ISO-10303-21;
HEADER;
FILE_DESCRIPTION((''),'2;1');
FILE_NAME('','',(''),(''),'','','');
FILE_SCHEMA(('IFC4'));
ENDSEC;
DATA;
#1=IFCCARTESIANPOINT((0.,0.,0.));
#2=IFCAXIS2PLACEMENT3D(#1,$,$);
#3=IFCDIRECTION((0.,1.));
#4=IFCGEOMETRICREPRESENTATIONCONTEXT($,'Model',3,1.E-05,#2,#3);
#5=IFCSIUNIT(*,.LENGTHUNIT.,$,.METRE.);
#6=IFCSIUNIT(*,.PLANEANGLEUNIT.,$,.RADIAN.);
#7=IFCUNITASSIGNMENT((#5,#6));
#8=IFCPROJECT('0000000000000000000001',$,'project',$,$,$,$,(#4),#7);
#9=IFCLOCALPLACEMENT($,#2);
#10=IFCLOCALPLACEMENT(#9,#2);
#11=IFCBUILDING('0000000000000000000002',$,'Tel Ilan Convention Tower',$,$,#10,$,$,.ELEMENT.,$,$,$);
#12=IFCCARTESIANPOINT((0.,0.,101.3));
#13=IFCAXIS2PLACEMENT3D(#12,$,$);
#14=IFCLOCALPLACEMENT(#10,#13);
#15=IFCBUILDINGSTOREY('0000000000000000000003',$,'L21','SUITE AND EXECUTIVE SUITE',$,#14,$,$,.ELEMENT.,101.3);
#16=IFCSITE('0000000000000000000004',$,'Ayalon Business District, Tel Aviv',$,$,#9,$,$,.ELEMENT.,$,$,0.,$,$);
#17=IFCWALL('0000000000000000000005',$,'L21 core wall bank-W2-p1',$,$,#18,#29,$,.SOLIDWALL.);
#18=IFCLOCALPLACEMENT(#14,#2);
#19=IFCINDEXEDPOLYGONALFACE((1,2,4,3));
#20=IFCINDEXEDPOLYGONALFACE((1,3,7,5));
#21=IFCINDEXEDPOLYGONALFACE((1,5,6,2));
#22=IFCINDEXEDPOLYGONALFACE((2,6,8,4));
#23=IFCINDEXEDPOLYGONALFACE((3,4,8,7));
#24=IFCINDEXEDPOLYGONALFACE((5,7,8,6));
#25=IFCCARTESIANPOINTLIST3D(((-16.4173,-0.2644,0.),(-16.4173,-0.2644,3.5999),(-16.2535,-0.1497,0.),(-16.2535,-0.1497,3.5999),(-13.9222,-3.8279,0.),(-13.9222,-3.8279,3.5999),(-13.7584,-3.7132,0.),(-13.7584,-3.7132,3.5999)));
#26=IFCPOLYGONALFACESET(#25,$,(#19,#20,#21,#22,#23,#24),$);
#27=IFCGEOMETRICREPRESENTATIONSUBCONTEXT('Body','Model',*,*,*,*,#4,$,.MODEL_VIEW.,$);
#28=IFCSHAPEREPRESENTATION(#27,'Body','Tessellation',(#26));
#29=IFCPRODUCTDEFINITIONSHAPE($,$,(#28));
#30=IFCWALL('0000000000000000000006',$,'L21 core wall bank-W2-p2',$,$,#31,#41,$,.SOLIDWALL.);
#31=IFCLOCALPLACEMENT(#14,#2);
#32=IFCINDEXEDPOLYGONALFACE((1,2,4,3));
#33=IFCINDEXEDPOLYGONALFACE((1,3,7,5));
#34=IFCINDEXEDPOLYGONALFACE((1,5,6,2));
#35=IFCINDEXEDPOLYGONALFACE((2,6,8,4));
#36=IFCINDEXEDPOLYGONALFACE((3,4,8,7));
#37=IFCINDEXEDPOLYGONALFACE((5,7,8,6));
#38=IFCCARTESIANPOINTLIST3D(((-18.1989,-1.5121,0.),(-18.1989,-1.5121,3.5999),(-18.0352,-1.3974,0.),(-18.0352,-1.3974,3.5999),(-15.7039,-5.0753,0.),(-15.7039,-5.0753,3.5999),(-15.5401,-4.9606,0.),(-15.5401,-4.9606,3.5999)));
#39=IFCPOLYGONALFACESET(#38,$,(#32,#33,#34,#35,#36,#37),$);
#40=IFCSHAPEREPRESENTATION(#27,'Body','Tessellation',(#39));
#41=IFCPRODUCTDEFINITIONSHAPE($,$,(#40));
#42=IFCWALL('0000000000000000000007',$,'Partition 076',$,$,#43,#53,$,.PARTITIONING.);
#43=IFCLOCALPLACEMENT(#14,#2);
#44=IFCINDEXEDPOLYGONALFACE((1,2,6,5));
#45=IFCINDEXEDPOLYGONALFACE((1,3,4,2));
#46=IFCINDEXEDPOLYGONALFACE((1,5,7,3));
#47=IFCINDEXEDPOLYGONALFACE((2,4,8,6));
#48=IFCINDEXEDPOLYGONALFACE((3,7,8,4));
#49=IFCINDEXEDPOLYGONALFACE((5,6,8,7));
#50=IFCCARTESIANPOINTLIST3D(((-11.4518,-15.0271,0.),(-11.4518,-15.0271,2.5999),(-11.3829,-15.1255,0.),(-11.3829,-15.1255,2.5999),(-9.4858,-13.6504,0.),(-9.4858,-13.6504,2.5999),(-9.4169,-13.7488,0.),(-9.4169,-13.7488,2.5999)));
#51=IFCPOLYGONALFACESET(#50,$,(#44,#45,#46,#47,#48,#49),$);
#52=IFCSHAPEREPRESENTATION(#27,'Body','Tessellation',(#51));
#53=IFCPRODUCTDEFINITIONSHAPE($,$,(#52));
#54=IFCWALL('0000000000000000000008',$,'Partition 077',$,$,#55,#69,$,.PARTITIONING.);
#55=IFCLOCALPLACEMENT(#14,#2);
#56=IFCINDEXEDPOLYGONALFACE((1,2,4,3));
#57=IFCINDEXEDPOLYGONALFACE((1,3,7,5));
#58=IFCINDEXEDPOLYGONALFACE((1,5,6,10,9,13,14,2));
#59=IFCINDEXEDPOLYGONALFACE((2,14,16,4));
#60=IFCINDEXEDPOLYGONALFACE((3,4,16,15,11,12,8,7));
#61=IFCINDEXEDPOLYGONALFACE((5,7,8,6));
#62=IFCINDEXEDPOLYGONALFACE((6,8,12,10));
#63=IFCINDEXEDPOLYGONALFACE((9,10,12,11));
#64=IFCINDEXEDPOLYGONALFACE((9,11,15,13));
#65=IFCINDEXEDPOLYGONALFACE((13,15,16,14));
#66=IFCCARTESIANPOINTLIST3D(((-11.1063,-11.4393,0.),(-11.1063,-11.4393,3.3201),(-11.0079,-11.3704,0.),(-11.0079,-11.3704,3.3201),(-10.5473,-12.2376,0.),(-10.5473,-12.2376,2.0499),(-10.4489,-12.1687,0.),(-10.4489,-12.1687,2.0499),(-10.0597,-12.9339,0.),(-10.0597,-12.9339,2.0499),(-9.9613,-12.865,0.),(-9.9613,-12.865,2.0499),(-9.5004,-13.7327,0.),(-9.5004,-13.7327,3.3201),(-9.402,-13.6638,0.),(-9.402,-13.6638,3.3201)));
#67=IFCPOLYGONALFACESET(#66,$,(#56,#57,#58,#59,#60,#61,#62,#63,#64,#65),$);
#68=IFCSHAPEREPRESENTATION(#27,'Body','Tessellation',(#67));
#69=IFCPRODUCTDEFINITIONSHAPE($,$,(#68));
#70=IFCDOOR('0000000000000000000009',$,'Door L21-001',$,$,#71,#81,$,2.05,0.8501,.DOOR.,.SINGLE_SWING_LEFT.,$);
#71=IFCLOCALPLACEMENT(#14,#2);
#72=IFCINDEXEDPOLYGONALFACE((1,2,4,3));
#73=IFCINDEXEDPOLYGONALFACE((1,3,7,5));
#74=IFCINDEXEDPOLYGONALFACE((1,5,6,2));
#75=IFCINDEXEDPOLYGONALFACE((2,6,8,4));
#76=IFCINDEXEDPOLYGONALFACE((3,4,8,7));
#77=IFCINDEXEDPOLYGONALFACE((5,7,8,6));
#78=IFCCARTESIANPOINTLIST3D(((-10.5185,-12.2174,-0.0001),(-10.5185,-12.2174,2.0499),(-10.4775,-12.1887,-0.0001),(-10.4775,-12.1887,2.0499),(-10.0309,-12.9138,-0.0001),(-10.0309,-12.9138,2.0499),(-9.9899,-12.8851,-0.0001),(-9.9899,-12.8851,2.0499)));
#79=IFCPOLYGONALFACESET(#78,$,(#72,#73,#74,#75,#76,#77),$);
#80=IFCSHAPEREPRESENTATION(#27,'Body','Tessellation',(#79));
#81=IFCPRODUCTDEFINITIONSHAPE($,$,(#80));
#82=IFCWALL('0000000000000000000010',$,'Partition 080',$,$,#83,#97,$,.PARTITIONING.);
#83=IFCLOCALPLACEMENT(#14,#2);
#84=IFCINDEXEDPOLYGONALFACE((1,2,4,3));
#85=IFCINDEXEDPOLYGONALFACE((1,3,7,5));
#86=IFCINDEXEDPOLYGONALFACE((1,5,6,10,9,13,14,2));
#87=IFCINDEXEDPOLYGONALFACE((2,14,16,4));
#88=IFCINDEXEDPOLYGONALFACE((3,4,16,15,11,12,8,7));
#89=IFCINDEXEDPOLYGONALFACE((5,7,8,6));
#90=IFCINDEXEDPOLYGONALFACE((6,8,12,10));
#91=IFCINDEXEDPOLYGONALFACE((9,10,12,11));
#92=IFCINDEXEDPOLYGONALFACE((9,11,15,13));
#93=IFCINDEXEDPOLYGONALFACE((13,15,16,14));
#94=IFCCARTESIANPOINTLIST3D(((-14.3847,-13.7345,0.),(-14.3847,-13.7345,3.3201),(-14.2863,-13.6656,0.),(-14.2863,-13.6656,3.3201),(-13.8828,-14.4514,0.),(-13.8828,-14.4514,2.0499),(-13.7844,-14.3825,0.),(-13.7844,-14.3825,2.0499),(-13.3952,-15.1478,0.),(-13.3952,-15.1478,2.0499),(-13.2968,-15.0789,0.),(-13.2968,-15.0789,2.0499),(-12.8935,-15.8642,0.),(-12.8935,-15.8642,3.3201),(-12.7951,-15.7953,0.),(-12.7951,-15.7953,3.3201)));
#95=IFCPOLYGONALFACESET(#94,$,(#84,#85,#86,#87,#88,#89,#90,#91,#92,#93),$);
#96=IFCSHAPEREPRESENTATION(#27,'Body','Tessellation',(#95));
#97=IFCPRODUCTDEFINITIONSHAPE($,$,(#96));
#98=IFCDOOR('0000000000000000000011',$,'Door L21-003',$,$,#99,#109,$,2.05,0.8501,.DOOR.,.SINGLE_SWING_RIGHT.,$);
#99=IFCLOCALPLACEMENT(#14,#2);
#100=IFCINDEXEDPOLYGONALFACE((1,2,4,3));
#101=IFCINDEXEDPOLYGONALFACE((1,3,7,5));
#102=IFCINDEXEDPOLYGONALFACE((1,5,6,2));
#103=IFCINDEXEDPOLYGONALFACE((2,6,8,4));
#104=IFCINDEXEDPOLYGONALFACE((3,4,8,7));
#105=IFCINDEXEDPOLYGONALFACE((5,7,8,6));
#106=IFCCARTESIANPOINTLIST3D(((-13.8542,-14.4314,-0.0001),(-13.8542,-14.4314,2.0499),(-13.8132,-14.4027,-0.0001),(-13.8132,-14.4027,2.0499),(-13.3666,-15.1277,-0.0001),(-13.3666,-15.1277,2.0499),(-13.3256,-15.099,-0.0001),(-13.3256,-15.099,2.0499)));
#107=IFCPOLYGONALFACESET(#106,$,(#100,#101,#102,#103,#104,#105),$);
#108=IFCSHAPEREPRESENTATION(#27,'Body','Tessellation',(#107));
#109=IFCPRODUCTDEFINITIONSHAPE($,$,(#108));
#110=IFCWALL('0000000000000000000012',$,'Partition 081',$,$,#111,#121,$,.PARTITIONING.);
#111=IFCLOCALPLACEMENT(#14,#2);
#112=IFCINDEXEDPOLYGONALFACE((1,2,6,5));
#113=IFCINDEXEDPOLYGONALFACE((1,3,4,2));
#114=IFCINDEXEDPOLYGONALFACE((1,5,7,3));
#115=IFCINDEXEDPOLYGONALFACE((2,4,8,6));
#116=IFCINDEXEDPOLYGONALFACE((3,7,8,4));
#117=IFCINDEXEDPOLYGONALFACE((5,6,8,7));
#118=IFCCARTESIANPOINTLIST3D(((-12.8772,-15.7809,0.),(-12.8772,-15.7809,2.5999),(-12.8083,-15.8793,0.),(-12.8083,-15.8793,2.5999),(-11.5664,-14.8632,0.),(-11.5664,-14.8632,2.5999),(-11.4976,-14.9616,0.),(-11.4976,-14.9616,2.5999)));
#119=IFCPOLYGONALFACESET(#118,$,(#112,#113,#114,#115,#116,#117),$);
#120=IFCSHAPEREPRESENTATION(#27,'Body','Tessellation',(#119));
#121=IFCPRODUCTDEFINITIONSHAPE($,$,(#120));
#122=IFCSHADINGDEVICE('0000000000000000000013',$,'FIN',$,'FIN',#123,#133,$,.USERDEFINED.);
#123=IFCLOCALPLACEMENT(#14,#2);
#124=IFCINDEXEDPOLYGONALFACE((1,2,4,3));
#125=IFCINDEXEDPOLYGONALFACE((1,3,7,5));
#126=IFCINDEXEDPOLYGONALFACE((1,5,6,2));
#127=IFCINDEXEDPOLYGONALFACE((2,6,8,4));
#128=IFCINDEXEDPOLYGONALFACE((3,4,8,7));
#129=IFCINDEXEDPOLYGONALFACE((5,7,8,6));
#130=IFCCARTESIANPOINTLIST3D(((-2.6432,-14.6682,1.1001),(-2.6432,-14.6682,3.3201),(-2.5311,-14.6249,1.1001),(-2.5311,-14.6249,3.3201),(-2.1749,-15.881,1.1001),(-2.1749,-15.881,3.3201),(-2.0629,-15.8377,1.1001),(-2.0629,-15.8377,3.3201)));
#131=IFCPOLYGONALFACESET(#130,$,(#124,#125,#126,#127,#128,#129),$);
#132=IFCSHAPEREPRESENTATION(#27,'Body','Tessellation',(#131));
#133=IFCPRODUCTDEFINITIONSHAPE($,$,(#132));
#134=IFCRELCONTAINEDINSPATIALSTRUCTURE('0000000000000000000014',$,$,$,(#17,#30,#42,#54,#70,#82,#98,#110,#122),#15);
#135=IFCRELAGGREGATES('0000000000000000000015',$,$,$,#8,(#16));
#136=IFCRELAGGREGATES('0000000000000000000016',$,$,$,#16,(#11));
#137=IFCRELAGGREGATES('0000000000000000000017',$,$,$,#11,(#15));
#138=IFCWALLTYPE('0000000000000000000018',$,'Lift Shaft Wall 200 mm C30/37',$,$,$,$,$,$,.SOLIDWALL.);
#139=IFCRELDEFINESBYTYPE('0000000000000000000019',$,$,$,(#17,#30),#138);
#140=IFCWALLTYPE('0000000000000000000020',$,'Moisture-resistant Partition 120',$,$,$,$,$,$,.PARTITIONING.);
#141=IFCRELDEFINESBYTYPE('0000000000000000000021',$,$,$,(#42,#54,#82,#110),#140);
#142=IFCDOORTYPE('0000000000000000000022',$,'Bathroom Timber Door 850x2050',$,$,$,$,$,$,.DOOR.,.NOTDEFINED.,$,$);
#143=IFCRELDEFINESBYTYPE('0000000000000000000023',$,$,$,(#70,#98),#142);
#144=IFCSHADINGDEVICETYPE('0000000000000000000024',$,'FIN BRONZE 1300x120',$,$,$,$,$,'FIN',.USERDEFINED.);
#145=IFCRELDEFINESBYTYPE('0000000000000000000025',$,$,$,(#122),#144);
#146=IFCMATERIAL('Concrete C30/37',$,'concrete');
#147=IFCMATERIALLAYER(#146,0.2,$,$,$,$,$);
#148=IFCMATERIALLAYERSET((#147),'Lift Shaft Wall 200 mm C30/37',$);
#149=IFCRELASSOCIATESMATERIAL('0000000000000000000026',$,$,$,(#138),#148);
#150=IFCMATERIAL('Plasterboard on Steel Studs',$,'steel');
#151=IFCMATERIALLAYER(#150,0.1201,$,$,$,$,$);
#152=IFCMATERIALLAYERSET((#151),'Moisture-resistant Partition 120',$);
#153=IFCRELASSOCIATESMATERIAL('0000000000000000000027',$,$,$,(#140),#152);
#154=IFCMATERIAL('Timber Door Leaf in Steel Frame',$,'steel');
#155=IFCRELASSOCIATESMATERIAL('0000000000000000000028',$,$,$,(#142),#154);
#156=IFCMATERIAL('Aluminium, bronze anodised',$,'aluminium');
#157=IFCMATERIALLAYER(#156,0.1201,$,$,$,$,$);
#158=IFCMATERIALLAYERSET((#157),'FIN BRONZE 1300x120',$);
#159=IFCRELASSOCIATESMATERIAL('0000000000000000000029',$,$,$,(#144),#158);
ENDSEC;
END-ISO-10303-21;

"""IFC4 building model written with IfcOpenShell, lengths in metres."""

from ifc_helpers import new_model, si_unit, direction, frame, frame_2d, origin, origin_2d, place, context, subcontext, project, spatial, rectangle, extrude, material, layer, layer_set, type_object, element, fill, save


model = new_model("IFC4")

# Units and contexts
model_context = context("Model", 3, precision=1e-05, world=origin(), true_north=direction((0.0, 1.0)))
body_context = subcontext(model_context, "Body", "Model", "MODEL_VIEW")
ifc_project = project(units=[si_unit("LENGTHUNIT", "METRE"), si_unit("PLANEANGLEUNIT", "RADIAN")], contexts=[model_context])

# Site, building, storey
site_placement = place(None, origin())
site = spatial("IfcSite", under=ifc_project, at=site_placement, Name="Ayalon Business District, Tel Aviv", CompositionType="ELEMENT", RefElevation=0.0)
building_placement = place(site_placement, origin())
building = spatial("IfcBuilding", under=site, at=building_placement, Name="Tel Ilan Convention Tower", CompositionType="ELEMENT")
storey_placement = place(building_placement, frame((0.0, 0.0, 101.3)))
storey = spatial("IfcBuildingStorey", under=building, at=storey_placement, Name="L21", Description="SUITE AND EXECUTIVE SUITE", CompositionType="ELEMENT", Elevation=101.3)

# Walls
ifc_material_1 = material(Name="Concrete C30/37", Category="concrete")
ifc_layer_1 = layer(ifc_material_1, 0.2)
ifc_layer_set_1 = layer_set([ifc_layer_1], Name="Lift Shaft Wall 200 mm C30/37")
wall_type_1 = type_object("IfcWallType", Name="Lift Shaft Wall 200 mm C30/37", PredefinedType="SOLIDWALL", material=ifc_layer_set_1)
wall_1_placement = place(storey_placement, frame((-13.8403, -3.7705, 0.0), z_axis=(0.0, 0.0, 1.0), x_axis=(-0.573568, 0.819158, 0.0)))
element("IfcWall", 1, at=wall_1_placement, inside=storey, type_object=wall_type_1, Name="L21 core wall bank-W2-p1", PredefinedType="SOLIDWALL", context=body_context, shape_type="SweptSolid", body=[
    extrude(rectangle(XDim=4.3501, YDim=0.2, at=frame_2d((2.175, 0.0))), origin(), (0.0, 0.0, 1.0), 3.5999),
])
wall_2_placement = place(storey_placement, frame((-15.6221, -5.0178, 0.0), z_axis=(0.0, 0.0, 1.0), x_axis=(-0.573594, 0.81914, 0.0)))
element("IfcWall", 2, at=wall_2_placement, inside=storey, type_object=wall_type_1, Name="L21 core wall bank-W2-p2", PredefinedType="SOLIDWALL", context=body_context, shape_type="SweptSolid", body=[
    extrude(rectangle(XDim=4.3499, YDim=0.2, at=frame_2d((2.1748, 0.0))), origin(), (0.0, 0.0, 1.0), 3.5999),
])
ifc_material_2 = material(Name="Plasterboard on Steel Studs", Category="steel")
ifc_layer_2 = layer(ifc_material_2, 0.1201)
ifc_layer_set_2 = layer_set([ifc_layer_2], Name="Moisture-resistant Partition 120")
wall_type_2 = type_object("IfcWallType", Name="Moisture-resistant Partition 120", PredefinedType="PARTITIONING", material=ifc_layer_set_2)
wall_3_placement = place(storey_placement, frame((-11.4175, -15.0764, 0.0), z_axis=(0.0, 0.0, 1.0), x_axis=(0.819141, 0.573592, 0.0)))
element("IfcWall", 3, at=wall_3_placement, inside=storey, type_object=wall_type_2, Name="Partition 076", PredefinedType="PARTITIONING", context=body_context, shape_type="SweptSolid", body=[
    extrude(rectangle(XDim=2.4001, YDim=0.1201, at=frame_2d((1.2002, 0.0))), origin(), (0.0, 0.0, 1.0), 2.5999),
])

# Walls, openings, doors
wall_4_placement = place(storey_placement, frame((-9.4512, -13.6982, 0.0), z_axis=(0.0, 0.0, 1.0), x_axis=(-0.573591, 0.819142, 0.0)))
wall_4 = element("IfcWall", 4, at=wall_4_placement, inside=storey, type_object=wall_type_2, Name="Partition 077", PredefinedType="PARTITIONING", context=body_context, shape_type="SweptSolid", body=[
    extrude(rectangle(XDim=2.7998, YDim=0.1201, at=frame_2d((1.3999, 0.0))), origin(), (0.0, 0.0, 1.0), 3.3201),
])
opening_1_placement = place(wall_4_placement, frame((0.9751, 0.0, 0.0)))
opening_1 = element("IfcOpeningElement", 5, at=opening_1_placement, cuts=wall_4, PredefinedType="OPENING", context=body_context, shape_type="SweptSolid", body=[
    extrude(rectangle(XDim=0.8501, YDim=2.05, at=frame_2d((0.425, 1.0249))), frame((0.0, 0.0701, 0.0), z_axis=(0.0, -1.0, 0.0), x_axis=(1.0, 0.0, 0.0)), (0.0, 0.0, 1.0), 0.1401),
])
ifc_material_3 = material(Name="Timber Door Leaf in Steel Frame", Category="steel")
door_type_1 = type_object("IfcDoorType", Name="Bathroom Timber Door 850x2050", OperationType="NOTDEFINED", PredefinedType="DOOR", material=ifc_material_3)
door_1_placement = place(opening_1_placement, origin())
door_1 = element("IfcDoor", 6, at=door_1_placement, inside=storey, type_object=door_type_1, Name="Door L21-001", OperationType="SINGLE_SWING_LEFT", OverallHeight=2.05, OverallWidth=0.8501, PredefinedType="DOOR", context=body_context, shape_type="SweptSolid", body=[
    extrude(rectangle(XDim=0.8501, YDim=2.05, at=frame_2d((0.425, 1.0249))), frame((0.0, 0.0249, 0.0), z_axis=(0.0, -1.0, 0.0), x_axis=(1.0, 0.0, 0.0)), (0.0, 0.0, 1.0), 0.05),
])
fill(opening_1, door_1)
wall_5_placement = place(storey_placement, frame((-14.3354, -13.7002, 0.0), z_axis=(0.0, 0.0, 1.0), x_axis=(0.573582, -0.819148, 0.0)))
wall_5 = element("IfcWall", 7, at=wall_5_placement, inside=storey, type_object=wall_type_2, Name="Partition 080", PredefinedType="PARTITIONING", context=body_context, shape_type="SweptSolid", body=[
    extrude(rectangle(XDim=2.5999, YDim=0.1201, at=frame_2d((1.2998, 0.0))), origin(), (0.0, 0.0, 1.0), 3.3201),
])
opening_2_placement = place(wall_5_placement, frame((0.875, 0.0, 0.0)))
opening_2 = element("IfcOpeningElement", 8, at=opening_2_placement, cuts=wall_5, PredefinedType="OPENING", context=body_context, shape_type="SweptSolid", body=[
    extrude(rectangle(XDim=0.8501, YDim=2.05, at=frame_2d((0.425, 1.0249))), frame((0.0, 0.0701, 0.0), z_axis=(0.0, -1.0, 0.0), x_axis=(1.0, 0.0, 0.0)), (0.0, 0.0, 1.0), 0.1401),
])
door_2_placement = place(opening_2_placement, origin())
door_2 = element("IfcDoor", 9, at=door_2_placement, inside=storey, type_object=door_type_1, Name="Door L21-003", OperationType="SINGLE_SWING_RIGHT", OverallHeight=2.05, OverallWidth=0.8501, PredefinedType="DOOR", context=body_context, shape_type="SweptSolid", body=[
    extrude(rectangle(XDim=0.8501, YDim=2.05, at=frame_2d((0.425, 1.0249))), frame((0.0, 0.0249, 0.0), z_axis=(0.0, -1.0, 0.0), x_axis=(1.0, 0.0, 0.0)), (0.0, 0.0, 1.0), 0.05),
])
fill(opening_2, door_2)

# Wall
wall_6_placement = place(storey_placement, frame((-12.8428, -15.8301, 0.0), z_axis=(0.0, 0.0, 1.0), x_axis=(0.819182, 0.573534, 0.0)))
element("IfcWall", 10, at=wall_6_placement, inside=storey, type_object=wall_type_2, Name="Partition 081", PredefinedType="PARTITIONING", context=body_context, shape_type="SweptSolid", body=[
    extrude(rectangle(XDim=1.6001, YDim=0.1201, at=frame_2d((0.8, 0.0))), origin(), (0.0, 0.0, 1.0), 2.5999),
])

# Shading device
ifc_material_4 = material(Name="Aluminium, bronze anodised", Category="aluminium")
ifc_layer_3 = layer(ifc_material_4, 0.1201)
ifc_layer_set_3 = layer_set([ifc_layer_3], Name="FIN BRONZE 1300x120")
shading_device_type = type_object("IfcShadingDeviceType", Name="FIN BRONZE 1300x120", ElementType="FIN", PredefinedType="USERDEFINED", material=ifc_layer_set_3)
shading_device_placement = place(storey_placement, frame((-2.353, -15.2529, 1.1001), z_axis=(0.0, 0.0, 1.0), x_axis=(0.360178, -0.932884, 0.0)))
element("IfcShadingDevice", 11, at=shading_device_placement, inside=storey, type_object=shading_device_type, Name="FIN", ObjectType="FIN", PredefinedType="USERDEFINED", context=body_context, shape_type="SweptSolid", body=[
    extrude(rectangle(XDim=1.3, YDim=0.1201, at=origin_2d()), origin(), (0.0, 0.0, 1.0), 2.22),
])

save(model, "model.ifc")
